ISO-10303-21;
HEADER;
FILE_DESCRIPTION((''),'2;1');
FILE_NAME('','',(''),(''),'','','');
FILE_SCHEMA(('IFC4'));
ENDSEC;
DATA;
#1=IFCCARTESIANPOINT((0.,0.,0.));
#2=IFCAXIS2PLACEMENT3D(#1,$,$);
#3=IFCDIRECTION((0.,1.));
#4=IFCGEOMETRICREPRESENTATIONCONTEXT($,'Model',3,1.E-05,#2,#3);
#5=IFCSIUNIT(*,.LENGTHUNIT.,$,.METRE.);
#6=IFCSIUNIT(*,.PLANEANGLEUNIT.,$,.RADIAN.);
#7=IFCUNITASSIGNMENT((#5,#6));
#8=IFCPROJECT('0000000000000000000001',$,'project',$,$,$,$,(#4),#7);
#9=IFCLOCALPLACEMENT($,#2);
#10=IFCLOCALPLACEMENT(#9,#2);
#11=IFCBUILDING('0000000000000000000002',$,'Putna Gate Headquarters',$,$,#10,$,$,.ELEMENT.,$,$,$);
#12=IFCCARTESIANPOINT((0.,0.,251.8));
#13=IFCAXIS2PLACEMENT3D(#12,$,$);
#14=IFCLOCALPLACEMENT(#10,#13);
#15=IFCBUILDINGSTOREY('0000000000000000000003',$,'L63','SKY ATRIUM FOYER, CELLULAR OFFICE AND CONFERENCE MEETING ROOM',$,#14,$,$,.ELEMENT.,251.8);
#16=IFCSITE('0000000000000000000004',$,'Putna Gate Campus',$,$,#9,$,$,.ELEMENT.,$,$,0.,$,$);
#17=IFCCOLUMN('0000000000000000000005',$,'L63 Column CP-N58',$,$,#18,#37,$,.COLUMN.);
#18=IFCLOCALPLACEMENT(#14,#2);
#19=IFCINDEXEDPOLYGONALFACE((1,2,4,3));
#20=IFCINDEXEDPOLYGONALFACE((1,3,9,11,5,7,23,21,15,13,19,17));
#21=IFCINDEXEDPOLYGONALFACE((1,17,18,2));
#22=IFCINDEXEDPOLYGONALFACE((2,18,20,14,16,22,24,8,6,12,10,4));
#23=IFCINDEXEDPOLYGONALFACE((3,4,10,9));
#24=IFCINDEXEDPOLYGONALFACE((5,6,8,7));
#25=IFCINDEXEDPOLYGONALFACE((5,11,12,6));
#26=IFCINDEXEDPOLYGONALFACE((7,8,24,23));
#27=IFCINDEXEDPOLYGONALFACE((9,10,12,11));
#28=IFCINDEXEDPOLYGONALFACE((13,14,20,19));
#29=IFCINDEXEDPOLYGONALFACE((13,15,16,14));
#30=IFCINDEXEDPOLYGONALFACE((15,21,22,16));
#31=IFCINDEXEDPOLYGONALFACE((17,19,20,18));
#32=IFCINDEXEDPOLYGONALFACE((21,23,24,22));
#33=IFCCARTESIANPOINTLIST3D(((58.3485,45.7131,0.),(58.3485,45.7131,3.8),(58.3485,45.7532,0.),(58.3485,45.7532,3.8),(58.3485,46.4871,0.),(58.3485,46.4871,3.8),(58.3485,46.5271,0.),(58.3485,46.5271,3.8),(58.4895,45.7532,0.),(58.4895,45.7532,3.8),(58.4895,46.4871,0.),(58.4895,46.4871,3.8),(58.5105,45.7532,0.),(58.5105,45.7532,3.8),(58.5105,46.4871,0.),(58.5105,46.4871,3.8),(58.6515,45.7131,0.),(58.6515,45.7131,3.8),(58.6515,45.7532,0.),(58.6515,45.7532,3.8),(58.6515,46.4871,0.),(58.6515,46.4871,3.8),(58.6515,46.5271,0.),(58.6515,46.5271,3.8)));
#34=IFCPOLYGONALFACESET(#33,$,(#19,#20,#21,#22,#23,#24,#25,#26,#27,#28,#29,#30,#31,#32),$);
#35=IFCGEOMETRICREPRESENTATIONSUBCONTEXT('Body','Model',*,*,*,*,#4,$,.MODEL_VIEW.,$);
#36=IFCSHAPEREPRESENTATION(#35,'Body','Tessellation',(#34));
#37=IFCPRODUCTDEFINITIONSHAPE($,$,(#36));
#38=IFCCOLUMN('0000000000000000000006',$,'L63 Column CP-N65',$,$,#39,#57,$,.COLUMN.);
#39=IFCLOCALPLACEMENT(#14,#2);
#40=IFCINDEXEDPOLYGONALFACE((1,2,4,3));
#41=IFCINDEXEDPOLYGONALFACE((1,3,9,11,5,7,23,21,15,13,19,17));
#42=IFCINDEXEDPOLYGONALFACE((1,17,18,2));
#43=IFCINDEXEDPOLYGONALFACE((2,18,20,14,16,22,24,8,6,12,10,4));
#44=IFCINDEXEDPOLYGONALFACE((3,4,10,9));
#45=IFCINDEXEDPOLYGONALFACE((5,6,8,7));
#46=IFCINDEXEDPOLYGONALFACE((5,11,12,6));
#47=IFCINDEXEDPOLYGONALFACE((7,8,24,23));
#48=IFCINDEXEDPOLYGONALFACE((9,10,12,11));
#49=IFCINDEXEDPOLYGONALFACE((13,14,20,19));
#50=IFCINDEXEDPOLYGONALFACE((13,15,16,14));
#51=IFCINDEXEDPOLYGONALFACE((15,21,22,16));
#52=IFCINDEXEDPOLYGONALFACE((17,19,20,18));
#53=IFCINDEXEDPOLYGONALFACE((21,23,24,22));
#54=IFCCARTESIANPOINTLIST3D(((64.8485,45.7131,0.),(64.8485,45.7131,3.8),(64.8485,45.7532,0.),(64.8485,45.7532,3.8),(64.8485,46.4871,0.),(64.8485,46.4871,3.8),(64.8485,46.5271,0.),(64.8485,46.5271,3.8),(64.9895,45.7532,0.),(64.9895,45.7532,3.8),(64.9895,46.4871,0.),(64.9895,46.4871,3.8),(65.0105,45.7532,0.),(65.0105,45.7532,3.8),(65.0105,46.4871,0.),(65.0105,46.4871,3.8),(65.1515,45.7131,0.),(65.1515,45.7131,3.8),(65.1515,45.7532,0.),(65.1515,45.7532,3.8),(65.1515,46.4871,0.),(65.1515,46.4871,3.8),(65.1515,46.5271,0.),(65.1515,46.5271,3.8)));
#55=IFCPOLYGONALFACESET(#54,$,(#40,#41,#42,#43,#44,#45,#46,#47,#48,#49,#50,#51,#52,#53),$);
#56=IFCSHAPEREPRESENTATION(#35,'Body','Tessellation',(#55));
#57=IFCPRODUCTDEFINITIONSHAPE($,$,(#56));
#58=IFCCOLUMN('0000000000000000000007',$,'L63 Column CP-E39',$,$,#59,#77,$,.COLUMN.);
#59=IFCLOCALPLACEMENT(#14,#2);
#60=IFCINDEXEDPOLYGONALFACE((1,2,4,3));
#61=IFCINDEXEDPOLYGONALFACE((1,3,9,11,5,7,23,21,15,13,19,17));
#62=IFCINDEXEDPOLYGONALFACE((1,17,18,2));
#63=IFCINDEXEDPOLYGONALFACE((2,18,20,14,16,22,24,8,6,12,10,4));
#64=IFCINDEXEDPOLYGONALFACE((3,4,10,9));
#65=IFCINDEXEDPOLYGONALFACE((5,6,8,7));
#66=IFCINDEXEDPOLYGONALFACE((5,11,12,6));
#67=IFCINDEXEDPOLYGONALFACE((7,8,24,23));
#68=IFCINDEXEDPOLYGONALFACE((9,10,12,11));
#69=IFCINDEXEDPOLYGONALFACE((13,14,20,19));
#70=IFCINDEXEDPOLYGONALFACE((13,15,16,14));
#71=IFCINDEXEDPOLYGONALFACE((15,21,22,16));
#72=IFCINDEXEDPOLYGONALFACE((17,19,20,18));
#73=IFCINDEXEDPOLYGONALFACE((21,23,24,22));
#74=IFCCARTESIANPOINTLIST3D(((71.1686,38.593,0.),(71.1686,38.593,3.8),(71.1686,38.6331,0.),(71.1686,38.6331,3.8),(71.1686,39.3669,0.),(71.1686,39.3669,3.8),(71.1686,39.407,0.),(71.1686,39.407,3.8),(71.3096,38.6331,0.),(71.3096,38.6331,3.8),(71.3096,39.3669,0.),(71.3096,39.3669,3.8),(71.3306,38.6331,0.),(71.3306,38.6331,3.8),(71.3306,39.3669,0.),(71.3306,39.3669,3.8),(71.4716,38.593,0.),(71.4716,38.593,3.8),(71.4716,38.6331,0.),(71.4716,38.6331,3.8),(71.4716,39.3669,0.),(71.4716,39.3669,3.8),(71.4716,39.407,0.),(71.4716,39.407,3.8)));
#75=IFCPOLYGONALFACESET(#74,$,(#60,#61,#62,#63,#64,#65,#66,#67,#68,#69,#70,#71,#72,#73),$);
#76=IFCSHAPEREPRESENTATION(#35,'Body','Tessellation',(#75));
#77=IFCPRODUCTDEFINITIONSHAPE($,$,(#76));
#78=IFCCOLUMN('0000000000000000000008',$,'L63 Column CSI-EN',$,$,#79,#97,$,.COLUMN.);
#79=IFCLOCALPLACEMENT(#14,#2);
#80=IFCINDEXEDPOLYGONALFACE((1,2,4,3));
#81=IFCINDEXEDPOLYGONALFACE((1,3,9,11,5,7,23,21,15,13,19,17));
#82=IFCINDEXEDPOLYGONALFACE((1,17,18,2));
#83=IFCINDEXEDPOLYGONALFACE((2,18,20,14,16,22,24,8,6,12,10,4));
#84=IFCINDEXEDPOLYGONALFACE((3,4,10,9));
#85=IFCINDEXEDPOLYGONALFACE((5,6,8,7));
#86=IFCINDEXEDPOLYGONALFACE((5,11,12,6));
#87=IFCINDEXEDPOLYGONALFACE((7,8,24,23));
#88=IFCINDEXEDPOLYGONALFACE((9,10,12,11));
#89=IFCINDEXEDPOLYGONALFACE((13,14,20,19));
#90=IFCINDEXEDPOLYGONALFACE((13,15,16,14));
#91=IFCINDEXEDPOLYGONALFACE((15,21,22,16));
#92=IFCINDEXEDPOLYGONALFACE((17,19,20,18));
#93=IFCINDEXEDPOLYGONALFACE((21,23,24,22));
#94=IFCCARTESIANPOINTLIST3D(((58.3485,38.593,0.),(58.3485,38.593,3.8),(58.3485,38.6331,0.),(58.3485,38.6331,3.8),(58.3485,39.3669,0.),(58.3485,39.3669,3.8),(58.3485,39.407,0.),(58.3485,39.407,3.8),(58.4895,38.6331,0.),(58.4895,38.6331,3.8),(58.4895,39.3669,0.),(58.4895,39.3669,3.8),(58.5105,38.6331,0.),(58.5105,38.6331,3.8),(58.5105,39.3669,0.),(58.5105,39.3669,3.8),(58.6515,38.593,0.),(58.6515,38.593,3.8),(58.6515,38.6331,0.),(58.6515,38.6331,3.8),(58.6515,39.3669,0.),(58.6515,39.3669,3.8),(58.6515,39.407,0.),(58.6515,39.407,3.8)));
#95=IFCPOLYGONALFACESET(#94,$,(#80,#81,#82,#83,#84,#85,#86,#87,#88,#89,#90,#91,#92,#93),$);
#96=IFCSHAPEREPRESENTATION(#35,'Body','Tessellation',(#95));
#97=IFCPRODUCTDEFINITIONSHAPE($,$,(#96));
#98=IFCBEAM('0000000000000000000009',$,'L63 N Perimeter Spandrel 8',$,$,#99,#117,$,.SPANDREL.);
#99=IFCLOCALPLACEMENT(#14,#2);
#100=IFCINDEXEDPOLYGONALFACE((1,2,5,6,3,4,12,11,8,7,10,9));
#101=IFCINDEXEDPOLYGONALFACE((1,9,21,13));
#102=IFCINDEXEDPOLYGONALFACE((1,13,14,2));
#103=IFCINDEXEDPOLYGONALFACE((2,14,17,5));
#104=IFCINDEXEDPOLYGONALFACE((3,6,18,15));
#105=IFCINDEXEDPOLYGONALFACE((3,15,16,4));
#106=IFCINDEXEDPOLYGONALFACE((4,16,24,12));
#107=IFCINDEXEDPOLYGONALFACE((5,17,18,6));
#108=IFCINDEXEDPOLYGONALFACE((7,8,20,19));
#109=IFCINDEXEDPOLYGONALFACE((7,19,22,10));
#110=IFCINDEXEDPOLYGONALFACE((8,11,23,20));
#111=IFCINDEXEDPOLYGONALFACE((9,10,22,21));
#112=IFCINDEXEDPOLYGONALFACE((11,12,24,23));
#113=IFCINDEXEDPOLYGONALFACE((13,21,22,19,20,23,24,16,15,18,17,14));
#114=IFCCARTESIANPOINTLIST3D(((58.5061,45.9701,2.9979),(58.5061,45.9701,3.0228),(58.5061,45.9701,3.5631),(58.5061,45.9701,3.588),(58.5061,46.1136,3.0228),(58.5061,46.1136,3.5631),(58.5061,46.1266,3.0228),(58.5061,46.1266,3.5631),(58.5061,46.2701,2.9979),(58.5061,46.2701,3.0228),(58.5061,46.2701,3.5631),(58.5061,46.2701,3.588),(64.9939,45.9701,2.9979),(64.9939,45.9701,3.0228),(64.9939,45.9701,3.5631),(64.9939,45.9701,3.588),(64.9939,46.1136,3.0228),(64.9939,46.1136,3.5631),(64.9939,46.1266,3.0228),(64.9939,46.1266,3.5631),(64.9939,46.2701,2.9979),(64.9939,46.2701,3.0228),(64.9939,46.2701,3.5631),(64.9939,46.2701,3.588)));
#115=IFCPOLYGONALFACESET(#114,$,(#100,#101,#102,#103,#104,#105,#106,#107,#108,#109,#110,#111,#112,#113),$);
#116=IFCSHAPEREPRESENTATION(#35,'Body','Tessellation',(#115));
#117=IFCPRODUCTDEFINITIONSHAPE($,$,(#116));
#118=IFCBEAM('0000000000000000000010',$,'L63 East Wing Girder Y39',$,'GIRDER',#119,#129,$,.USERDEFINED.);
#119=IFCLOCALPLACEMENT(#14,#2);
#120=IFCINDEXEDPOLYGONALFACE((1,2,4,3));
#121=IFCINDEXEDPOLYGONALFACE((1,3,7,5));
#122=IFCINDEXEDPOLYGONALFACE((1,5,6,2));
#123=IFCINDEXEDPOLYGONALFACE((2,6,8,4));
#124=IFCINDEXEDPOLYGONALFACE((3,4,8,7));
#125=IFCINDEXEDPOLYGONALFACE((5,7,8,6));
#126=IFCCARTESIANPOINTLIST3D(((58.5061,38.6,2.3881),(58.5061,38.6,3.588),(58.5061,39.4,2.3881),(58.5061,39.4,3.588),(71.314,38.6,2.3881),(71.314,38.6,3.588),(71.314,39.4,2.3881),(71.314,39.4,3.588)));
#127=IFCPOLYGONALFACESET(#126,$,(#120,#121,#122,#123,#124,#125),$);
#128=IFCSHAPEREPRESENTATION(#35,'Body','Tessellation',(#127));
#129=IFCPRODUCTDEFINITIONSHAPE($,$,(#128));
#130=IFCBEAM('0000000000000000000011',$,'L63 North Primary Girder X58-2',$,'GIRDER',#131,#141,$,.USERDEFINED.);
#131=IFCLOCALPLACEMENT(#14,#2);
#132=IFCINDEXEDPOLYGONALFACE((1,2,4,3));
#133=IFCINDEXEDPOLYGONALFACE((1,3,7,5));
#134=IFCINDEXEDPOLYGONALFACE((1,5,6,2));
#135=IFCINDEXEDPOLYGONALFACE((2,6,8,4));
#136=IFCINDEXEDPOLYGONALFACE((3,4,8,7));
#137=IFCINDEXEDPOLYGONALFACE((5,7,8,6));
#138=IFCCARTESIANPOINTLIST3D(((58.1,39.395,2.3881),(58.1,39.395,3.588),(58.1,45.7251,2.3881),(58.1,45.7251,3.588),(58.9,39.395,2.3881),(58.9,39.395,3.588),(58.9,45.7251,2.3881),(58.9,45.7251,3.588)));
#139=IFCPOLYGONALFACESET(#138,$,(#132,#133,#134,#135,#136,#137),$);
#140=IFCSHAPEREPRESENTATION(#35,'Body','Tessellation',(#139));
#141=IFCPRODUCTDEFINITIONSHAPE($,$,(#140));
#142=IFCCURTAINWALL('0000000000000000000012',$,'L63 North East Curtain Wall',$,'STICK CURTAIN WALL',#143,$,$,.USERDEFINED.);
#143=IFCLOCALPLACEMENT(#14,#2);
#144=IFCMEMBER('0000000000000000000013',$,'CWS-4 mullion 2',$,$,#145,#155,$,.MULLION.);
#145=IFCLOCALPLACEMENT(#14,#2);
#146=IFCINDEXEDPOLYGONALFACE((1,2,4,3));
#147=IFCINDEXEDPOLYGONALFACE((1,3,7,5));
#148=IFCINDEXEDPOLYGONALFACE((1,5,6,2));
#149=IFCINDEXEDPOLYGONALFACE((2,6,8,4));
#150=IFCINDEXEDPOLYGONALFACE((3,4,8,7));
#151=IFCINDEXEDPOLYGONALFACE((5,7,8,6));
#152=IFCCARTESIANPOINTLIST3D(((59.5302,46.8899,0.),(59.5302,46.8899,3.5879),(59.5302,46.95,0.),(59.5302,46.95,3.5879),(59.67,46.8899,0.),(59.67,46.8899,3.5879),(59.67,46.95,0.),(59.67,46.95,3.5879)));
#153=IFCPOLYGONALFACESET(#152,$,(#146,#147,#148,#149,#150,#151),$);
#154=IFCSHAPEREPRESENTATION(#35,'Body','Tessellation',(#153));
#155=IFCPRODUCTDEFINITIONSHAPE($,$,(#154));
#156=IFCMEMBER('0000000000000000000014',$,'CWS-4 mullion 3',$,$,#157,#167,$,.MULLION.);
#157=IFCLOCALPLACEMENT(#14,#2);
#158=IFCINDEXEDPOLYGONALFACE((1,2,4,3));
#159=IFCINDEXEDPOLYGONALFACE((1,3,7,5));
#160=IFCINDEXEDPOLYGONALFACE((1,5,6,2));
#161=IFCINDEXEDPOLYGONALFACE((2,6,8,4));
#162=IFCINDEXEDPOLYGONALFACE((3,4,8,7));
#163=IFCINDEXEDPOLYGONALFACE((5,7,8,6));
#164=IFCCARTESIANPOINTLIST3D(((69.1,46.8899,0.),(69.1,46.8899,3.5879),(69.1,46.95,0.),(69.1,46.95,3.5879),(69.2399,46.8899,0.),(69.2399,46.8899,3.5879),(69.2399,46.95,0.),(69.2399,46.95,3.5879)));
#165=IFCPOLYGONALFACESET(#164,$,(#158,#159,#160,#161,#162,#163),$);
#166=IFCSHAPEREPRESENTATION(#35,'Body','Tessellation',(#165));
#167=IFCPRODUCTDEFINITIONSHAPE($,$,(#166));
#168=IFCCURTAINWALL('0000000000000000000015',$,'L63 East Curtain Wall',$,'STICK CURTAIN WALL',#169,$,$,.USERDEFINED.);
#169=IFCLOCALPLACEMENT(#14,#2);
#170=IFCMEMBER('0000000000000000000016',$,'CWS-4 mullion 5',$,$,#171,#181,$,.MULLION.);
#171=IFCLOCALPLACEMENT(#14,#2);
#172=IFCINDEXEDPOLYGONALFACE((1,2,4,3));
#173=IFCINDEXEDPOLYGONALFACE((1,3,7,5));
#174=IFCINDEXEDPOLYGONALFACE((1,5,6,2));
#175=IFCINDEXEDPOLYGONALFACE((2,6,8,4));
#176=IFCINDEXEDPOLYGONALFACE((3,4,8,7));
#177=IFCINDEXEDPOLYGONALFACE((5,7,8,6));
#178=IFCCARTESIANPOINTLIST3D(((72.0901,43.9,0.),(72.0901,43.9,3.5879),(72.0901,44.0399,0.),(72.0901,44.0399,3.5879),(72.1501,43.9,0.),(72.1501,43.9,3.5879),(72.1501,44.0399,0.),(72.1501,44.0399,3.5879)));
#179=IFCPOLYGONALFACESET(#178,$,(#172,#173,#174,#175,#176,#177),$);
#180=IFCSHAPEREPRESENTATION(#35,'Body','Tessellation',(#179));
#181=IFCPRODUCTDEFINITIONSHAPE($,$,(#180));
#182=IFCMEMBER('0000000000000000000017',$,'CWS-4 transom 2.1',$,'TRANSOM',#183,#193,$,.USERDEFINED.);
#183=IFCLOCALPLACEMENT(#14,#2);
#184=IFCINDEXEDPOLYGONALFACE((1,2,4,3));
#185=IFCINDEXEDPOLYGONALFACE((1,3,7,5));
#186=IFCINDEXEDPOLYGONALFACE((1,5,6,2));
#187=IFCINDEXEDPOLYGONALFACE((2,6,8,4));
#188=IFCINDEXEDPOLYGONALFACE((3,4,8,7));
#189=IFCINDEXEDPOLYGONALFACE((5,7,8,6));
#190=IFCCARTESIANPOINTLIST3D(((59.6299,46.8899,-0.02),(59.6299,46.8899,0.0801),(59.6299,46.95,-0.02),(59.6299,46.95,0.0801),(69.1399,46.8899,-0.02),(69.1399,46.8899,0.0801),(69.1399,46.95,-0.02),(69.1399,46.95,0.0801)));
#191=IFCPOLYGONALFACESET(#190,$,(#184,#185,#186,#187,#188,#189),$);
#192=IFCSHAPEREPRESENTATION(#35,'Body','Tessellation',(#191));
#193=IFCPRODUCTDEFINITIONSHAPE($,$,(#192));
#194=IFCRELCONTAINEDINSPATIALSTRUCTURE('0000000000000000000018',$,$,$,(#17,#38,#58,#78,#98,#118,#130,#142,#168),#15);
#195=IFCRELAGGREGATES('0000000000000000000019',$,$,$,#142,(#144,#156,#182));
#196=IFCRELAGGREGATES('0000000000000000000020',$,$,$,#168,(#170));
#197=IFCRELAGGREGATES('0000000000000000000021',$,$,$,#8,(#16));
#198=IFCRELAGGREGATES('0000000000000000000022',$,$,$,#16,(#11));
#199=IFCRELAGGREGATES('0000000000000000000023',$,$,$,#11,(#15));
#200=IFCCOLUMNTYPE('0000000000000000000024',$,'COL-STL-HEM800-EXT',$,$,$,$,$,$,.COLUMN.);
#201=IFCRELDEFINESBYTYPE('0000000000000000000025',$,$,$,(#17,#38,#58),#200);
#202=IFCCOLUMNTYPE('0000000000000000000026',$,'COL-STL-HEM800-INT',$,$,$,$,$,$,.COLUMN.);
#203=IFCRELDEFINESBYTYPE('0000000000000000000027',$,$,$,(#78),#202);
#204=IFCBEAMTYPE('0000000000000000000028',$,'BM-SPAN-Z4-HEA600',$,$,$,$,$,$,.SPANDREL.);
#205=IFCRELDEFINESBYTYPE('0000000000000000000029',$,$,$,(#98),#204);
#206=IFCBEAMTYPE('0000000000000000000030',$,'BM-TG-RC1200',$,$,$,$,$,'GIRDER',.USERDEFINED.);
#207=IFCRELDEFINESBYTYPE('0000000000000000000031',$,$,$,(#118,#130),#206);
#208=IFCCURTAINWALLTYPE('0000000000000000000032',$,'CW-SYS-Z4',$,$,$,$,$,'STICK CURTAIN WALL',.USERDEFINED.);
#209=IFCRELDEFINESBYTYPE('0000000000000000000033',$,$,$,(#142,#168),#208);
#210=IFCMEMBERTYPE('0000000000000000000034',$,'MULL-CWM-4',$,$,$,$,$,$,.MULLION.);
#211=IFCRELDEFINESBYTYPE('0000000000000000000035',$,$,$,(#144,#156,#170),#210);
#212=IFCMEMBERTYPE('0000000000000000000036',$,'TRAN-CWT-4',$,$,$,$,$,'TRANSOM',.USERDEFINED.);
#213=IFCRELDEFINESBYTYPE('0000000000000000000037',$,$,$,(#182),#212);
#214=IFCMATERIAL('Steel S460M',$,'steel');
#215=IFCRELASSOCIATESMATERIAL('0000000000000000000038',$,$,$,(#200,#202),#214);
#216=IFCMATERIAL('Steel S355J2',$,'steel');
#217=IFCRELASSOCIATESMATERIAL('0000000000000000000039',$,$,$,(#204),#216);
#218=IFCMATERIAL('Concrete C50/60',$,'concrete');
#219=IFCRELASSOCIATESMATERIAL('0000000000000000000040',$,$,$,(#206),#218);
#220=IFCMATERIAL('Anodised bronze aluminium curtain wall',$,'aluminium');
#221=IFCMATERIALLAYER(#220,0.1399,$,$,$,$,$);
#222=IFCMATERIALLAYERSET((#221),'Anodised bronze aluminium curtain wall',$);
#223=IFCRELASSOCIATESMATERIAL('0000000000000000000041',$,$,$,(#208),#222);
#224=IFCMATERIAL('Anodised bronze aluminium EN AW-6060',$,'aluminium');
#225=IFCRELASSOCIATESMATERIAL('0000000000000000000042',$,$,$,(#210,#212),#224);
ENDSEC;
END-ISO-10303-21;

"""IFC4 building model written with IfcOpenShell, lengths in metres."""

from ifc_helpers import new_model, si_unit, direction, frame, origin, origin_2d, place, context, subcontext, project, spatial, rectangle, i_section, extrude, material, layer, layer_set, material_profile, profile_set, type_object, element, aggregate, save


model = new_model("IFC4")

# Units and contexts
model_context = context("Model", 3, precision=1e-05, world=origin(), true_north=direction((0.0, 1.0)))
body_context = subcontext(model_context, "Body", "Model", "MODEL_VIEW")
ifc_project = project(units=[si_unit("LENGTHUNIT", "METRE"), si_unit("PLANEANGLEUNIT", "RADIAN")], contexts=[model_context])

# Site, building, storey
site_placement = place(None, origin())
site = spatial("IfcSite", under=ifc_project, at=site_placement, Name="Putna Gate Campus", CompositionType="ELEMENT", RefElevation=0.0)
building_placement = place(site_placement, origin())
building = spatial("IfcBuilding", under=site, at=building_placement, Name="Putna Gate Headquarters", CompositionType="ELEMENT")
storey_placement = place(building_placement, frame((0.0, 0.0, 251.8)))
storey = spatial("IfcBuildingStorey", under=building, at=storey_placement, Name="L63", Description="SKY ATRIUM FOYER, CELLULAR OFFICE AND CONFERENCE MEETING ROOM", CompositionType="ELEMENT", Elevation=251.8)

# Columns
ifc_material_1 = material(Name="Steel S460M", Category="steel")
ifc_material_profile_1 = material_profile(ifc_material_1, i_section(OverallWidth=0.303, OverallDepth=0.814, WebThickness=0.021, FlangeThickness=0.04, at=origin_2d()), Name="Steel S460M")
ifc_profile_set_1 = profile_set([ifc_material_profile_1], Name="Steel S460M")
column_type_1 = type_object("IfcColumnType", Name="COL-STL-HEM800-EXT", PredefinedType="COLUMN", material=ifc_profile_set_1)
for number, where, z_axis, x_axis, name in (
    (1, (58.5, 46.1201, 0.0), (0.0, 0.0, 1.0), (1.0, 0.0, 0.0), "L63 Column CP-N58"),
    (2, (65.0, 46.1201, 0.0), (0.0, 0.0, 1.0), (1.0, 0.0, 0.0), "L63 Column CP-N65"),
    (3, (71.3201, 39.0, 0.0), (0.0, 0.0, 1.0), (1.0, 0.0, 0.0), "L63 Column CP-E39"),
):
    element("IfcColumn", number, at=place(storey_placement, frame(where, z_axis=z_axis, x_axis=x_axis)), inside=storey, type_object=column_type_1, Name=name, PredefinedType="COLUMN", context=body_context, shape_type="SweptSolid", body=[
        extrude(i_section(OverallWidth=0.303, OverallDepth=0.814, WebThickness=0.021, FlangeThickness=0.04, at=origin_2d()), origin(), (0.0, 0.0, 1.0), 3.8),
    ])
ifc_material_profile_2 = material_profile(ifc_material_1, i_section(OverallWidth=0.303, OverallDepth=0.814, WebThickness=0.021, FlangeThickness=0.04, at=origin_2d()), Name="Steel S460M")
ifc_profile_set_2 = profile_set([ifc_material_profile_2], Name="Steel S460M")
column_type_2 = type_object("IfcColumnType", Name="COL-STL-HEM800-INT", PredefinedType="COLUMN", material=ifc_profile_set_2)
column_placement = place(storey_placement, frame((58.5, 39.0, 0.0), z_axis=(0.0, 0.0, 1.0), x_axis=(1.0, 0.0, 0.0)))
element("IfcColumn", 4, at=column_placement, inside=storey, type_object=column_type_2, Name="L63 Column CSI-EN", PredefinedType="COLUMN", context=body_context, shape_type="SweptSolid", body=[
    extrude(i_section(OverallWidth=0.303, OverallDepth=0.814, WebThickness=0.021, FlangeThickness=0.04, at=origin_2d()), origin(), (0.0, 0.0, 1.0), 3.8),
])

# Beams
ifc_material_2 = material(Name="Steel S355J2", Category="steel")
ifc_material_profile_3 = material_profile(ifc_material_2, i_section(OverallWidth=0.3, OverallDepth=0.5901, WebThickness=0.0129, FlangeThickness=0.0249, at=origin_2d()), Name="Steel S355J2")
ifc_profile_set_3 = profile_set([ifc_material_profile_3], Name="Steel S355J2")
beam_type_1 = type_object("IfcBeamType", Name="BM-SPAN-Z4-HEA600", PredefinedType="SPANDREL", material=ifc_profile_set_3)
beam_1_placement = place(storey_placement, frame((58.5061, 46.1201, 3.293), z_axis=(1.0, 0.0, 0.0), x_axis=(0.0, 1.0, 0.0)))
element("IfcBeam", 5, at=beam_1_placement, inside=storey, type_object=beam_type_1, Name="L63 N Perimeter Spandrel 8", PredefinedType="SPANDREL", context=body_context, shape_type="SweptSolid", body=[
    extrude(i_section(OverallWidth=0.3, OverallDepth=0.5901, WebThickness=0.0129, FlangeThickness=0.0249, at=origin_2d()), origin(), (0.0, 0.0, 1.0), 6.4878),
])
ifc_material_3 = material(Name="Concrete C50/60", Category="concrete")
ifc_material_profile_4 = material_profile(ifc_material_3, rectangle(XDim=0.8, YDim=1.2, at=origin_2d()), Name="Concrete C50/60")
ifc_profile_set_4 = profile_set([ifc_material_profile_4], Name="Concrete C50/60")
beam_type_2 = type_object("IfcBeamType", Name="BM-TG-RC1200", ElementType="GIRDER", PredefinedType="USERDEFINED", material=ifc_profile_set_4)
beam_2_placement = place(storey_placement, frame((58.5061, 39.0, 2.988), z_axis=(1.0, 0.0, 0.0), x_axis=(0.0, 1.0, 0.0)))
element("IfcBeam", 6, at=beam_2_placement, inside=storey, type_object=beam_type_2, Name="L63 East Wing Girder Y39", ObjectType="GIRDER", PredefinedType="USERDEFINED", context=body_context, shape_type="SweptSolid", body=[
    extrude(rectangle(XDim=0.8, YDim=1.2, at=origin_2d()), origin(), (0.0, 0.0, 1.0), 12.8079),
])
beam_3_placement = place(storey_placement, frame((58.5, 39.395, 2.988), z_axis=(0.0, 1.0, 0.0), x_axis=(-1.0, 0.0, 0.0)))
element("IfcBeam", 7, at=beam_3_placement, inside=storey, type_object=beam_type_2, Name="L63 North Primary Girder X58-2", ObjectType="GIRDER", PredefinedType="USERDEFINED", context=body_context, shape_type="SweptSolid", body=[
    extrude(rectangle(XDim=0.8, YDim=1.2, at=origin_2d()), origin(), (0.0, 0.0, 1.0), 6.3301),
])

# Curtain wall, members
ifc_material_4 = material(Name="Anodised bronze aluminium curtain wall", Category="aluminium")
ifc_layer_1 = layer(ifc_material_4, 0.1399)
ifc_layer_set_1 = layer_set([ifc_layer_1], Name="Anodised bronze aluminium curtain wall")
curtain_wall_type = type_object("IfcCurtainWallType", Name="CW-SYS-Z4", ElementType="STICK CURTAIN WALL", PredefinedType="USERDEFINED", material=ifc_layer_set_1)
curtain_wall_1_placement = place(storey_placement, origin())
curtain_wall_1 = element("IfcCurtainWall", 8, at=curtain_wall_1_placement, inside=storey, type_object=curtain_wall_type, Name="L63 North East Curtain Wall", ObjectType="STICK CURTAIN WALL", PredefinedType="USERDEFINED")
ifc_material_5 = material(Name="Anodised bronze aluminium EN AW-6060", Category="aluminium")
ifc_material_profile_5 = material_profile(ifc_material_5, rectangle(XDim=0.0601, YDim=0.1399, at=origin_2d()), Name="Anodised bronze aluminium EN AW-6060")
ifc_profile_set_5 = profile_set([ifc_material_profile_5], Name="Anodised bronze aluminium EN AW-6060")
member_type_1 = type_object("IfcMemberType", Name="MULL-CWM-4", PredefinedType="MULLION", material=ifc_profile_set_5)
member_1_placement = place(storey_placement, frame((59.6001, 46.9199, 0.0), z_axis=(0.0, 0.0, 1.0), x_axis=(0.0, 1.0, 0.0)))
member_1 = element("IfcMember", 9, at=member_1_placement, type_object=member_type_1, Name="CWS-4 mullion 2", PredefinedType="MULLION", context=body_context, shape_type="SweptSolid", body=[
    extrude(rectangle(XDim=0.0601, YDim=0.1399, at=origin_2d()), origin(), (0.0, 0.0, 1.0), 3.5879),
])
member_2_placement = place(storey_placement, frame((69.1699, 46.9199, 0.0), z_axis=(0.0, 0.0, 1.0), x_axis=(0.0, 1.0, 0.0)))
member_2 = element("IfcMember", 10, at=member_2_placement, type_object=member_type_1, Name="CWS-4 mullion 3", PredefinedType="MULLION", context=body_context, shape_type="SweptSolid", body=[
    extrude(rectangle(XDim=0.0601, YDim=0.1399, at=origin_2d()), origin(), (0.0, 0.0, 1.0), 3.5879),
])

# Curtain wall, member
curtain_wall_2_placement = place(storey_placement, origin())
curtain_wall_2 = element("IfcCurtainWall", 11, at=curtain_wall_2_placement, inside=storey, type_object=curtain_wall_type, Name="L63 East Curtain Wall", ObjectType="STICK CURTAIN WALL", PredefinedType="USERDEFINED")
member_3_placement = place(storey_placement, frame((72.1201, 43.97, 0.0), z_axis=(0.0, 0.0, 1.0), x_axis=(-1.0, 0.0, 0.0)))
member_3 = element("IfcMember", 12, at=member_3_placement, type_object=member_type_1, Name="CWS-4 mullion 5", PredefinedType="MULLION", context=body_context, shape_type="SweptSolid", body=[
    extrude(rectangle(XDim=0.0601, YDim=0.1399, at=origin_2d()), origin(), (0.0, 0.0, 1.0), 3.5879),
])

# Member
ifc_material_profile_6 = material_profile(ifc_material_5, rectangle(XDim=0.0601, YDim=0.1001, at=origin_2d()), Name="Anodised bronze aluminium EN AW-6060")
ifc_profile_set_6 = profile_set([ifc_material_profile_6], Name="Anodised bronze aluminium EN AW-6060")
member_type_2 = type_object("IfcMemberType", Name="TRAN-CWT-4", ElementType="TRANSOM", PredefinedType="USERDEFINED", material=ifc_profile_set_6)
member_4_placement = place(storey_placement, frame((59.6299, 46.9199, 0.03), z_axis=(1.0, 0.0, 0.0), x_axis=(0.0, 1.0, 0.0)))
member_4 = element("IfcMember", 13, at=member_4_placement, type_object=member_type_2, Name="CWS-4 transom 2.1", ObjectType="TRANSOM", PredefinedType="USERDEFINED", context=body_context, shape_type="SweptSolid", body=[
    extrude(rectangle(XDim=0.0601, YDim=0.1001, at=origin_2d()), origin(), (0.0, 0.0, 1.0), 9.51),
])

aggregate(curtain_wall_1, [member_1, member_2, member_4])
aggregate(curtain_wall_2, [member_3])

save(model, "model.ifc")
